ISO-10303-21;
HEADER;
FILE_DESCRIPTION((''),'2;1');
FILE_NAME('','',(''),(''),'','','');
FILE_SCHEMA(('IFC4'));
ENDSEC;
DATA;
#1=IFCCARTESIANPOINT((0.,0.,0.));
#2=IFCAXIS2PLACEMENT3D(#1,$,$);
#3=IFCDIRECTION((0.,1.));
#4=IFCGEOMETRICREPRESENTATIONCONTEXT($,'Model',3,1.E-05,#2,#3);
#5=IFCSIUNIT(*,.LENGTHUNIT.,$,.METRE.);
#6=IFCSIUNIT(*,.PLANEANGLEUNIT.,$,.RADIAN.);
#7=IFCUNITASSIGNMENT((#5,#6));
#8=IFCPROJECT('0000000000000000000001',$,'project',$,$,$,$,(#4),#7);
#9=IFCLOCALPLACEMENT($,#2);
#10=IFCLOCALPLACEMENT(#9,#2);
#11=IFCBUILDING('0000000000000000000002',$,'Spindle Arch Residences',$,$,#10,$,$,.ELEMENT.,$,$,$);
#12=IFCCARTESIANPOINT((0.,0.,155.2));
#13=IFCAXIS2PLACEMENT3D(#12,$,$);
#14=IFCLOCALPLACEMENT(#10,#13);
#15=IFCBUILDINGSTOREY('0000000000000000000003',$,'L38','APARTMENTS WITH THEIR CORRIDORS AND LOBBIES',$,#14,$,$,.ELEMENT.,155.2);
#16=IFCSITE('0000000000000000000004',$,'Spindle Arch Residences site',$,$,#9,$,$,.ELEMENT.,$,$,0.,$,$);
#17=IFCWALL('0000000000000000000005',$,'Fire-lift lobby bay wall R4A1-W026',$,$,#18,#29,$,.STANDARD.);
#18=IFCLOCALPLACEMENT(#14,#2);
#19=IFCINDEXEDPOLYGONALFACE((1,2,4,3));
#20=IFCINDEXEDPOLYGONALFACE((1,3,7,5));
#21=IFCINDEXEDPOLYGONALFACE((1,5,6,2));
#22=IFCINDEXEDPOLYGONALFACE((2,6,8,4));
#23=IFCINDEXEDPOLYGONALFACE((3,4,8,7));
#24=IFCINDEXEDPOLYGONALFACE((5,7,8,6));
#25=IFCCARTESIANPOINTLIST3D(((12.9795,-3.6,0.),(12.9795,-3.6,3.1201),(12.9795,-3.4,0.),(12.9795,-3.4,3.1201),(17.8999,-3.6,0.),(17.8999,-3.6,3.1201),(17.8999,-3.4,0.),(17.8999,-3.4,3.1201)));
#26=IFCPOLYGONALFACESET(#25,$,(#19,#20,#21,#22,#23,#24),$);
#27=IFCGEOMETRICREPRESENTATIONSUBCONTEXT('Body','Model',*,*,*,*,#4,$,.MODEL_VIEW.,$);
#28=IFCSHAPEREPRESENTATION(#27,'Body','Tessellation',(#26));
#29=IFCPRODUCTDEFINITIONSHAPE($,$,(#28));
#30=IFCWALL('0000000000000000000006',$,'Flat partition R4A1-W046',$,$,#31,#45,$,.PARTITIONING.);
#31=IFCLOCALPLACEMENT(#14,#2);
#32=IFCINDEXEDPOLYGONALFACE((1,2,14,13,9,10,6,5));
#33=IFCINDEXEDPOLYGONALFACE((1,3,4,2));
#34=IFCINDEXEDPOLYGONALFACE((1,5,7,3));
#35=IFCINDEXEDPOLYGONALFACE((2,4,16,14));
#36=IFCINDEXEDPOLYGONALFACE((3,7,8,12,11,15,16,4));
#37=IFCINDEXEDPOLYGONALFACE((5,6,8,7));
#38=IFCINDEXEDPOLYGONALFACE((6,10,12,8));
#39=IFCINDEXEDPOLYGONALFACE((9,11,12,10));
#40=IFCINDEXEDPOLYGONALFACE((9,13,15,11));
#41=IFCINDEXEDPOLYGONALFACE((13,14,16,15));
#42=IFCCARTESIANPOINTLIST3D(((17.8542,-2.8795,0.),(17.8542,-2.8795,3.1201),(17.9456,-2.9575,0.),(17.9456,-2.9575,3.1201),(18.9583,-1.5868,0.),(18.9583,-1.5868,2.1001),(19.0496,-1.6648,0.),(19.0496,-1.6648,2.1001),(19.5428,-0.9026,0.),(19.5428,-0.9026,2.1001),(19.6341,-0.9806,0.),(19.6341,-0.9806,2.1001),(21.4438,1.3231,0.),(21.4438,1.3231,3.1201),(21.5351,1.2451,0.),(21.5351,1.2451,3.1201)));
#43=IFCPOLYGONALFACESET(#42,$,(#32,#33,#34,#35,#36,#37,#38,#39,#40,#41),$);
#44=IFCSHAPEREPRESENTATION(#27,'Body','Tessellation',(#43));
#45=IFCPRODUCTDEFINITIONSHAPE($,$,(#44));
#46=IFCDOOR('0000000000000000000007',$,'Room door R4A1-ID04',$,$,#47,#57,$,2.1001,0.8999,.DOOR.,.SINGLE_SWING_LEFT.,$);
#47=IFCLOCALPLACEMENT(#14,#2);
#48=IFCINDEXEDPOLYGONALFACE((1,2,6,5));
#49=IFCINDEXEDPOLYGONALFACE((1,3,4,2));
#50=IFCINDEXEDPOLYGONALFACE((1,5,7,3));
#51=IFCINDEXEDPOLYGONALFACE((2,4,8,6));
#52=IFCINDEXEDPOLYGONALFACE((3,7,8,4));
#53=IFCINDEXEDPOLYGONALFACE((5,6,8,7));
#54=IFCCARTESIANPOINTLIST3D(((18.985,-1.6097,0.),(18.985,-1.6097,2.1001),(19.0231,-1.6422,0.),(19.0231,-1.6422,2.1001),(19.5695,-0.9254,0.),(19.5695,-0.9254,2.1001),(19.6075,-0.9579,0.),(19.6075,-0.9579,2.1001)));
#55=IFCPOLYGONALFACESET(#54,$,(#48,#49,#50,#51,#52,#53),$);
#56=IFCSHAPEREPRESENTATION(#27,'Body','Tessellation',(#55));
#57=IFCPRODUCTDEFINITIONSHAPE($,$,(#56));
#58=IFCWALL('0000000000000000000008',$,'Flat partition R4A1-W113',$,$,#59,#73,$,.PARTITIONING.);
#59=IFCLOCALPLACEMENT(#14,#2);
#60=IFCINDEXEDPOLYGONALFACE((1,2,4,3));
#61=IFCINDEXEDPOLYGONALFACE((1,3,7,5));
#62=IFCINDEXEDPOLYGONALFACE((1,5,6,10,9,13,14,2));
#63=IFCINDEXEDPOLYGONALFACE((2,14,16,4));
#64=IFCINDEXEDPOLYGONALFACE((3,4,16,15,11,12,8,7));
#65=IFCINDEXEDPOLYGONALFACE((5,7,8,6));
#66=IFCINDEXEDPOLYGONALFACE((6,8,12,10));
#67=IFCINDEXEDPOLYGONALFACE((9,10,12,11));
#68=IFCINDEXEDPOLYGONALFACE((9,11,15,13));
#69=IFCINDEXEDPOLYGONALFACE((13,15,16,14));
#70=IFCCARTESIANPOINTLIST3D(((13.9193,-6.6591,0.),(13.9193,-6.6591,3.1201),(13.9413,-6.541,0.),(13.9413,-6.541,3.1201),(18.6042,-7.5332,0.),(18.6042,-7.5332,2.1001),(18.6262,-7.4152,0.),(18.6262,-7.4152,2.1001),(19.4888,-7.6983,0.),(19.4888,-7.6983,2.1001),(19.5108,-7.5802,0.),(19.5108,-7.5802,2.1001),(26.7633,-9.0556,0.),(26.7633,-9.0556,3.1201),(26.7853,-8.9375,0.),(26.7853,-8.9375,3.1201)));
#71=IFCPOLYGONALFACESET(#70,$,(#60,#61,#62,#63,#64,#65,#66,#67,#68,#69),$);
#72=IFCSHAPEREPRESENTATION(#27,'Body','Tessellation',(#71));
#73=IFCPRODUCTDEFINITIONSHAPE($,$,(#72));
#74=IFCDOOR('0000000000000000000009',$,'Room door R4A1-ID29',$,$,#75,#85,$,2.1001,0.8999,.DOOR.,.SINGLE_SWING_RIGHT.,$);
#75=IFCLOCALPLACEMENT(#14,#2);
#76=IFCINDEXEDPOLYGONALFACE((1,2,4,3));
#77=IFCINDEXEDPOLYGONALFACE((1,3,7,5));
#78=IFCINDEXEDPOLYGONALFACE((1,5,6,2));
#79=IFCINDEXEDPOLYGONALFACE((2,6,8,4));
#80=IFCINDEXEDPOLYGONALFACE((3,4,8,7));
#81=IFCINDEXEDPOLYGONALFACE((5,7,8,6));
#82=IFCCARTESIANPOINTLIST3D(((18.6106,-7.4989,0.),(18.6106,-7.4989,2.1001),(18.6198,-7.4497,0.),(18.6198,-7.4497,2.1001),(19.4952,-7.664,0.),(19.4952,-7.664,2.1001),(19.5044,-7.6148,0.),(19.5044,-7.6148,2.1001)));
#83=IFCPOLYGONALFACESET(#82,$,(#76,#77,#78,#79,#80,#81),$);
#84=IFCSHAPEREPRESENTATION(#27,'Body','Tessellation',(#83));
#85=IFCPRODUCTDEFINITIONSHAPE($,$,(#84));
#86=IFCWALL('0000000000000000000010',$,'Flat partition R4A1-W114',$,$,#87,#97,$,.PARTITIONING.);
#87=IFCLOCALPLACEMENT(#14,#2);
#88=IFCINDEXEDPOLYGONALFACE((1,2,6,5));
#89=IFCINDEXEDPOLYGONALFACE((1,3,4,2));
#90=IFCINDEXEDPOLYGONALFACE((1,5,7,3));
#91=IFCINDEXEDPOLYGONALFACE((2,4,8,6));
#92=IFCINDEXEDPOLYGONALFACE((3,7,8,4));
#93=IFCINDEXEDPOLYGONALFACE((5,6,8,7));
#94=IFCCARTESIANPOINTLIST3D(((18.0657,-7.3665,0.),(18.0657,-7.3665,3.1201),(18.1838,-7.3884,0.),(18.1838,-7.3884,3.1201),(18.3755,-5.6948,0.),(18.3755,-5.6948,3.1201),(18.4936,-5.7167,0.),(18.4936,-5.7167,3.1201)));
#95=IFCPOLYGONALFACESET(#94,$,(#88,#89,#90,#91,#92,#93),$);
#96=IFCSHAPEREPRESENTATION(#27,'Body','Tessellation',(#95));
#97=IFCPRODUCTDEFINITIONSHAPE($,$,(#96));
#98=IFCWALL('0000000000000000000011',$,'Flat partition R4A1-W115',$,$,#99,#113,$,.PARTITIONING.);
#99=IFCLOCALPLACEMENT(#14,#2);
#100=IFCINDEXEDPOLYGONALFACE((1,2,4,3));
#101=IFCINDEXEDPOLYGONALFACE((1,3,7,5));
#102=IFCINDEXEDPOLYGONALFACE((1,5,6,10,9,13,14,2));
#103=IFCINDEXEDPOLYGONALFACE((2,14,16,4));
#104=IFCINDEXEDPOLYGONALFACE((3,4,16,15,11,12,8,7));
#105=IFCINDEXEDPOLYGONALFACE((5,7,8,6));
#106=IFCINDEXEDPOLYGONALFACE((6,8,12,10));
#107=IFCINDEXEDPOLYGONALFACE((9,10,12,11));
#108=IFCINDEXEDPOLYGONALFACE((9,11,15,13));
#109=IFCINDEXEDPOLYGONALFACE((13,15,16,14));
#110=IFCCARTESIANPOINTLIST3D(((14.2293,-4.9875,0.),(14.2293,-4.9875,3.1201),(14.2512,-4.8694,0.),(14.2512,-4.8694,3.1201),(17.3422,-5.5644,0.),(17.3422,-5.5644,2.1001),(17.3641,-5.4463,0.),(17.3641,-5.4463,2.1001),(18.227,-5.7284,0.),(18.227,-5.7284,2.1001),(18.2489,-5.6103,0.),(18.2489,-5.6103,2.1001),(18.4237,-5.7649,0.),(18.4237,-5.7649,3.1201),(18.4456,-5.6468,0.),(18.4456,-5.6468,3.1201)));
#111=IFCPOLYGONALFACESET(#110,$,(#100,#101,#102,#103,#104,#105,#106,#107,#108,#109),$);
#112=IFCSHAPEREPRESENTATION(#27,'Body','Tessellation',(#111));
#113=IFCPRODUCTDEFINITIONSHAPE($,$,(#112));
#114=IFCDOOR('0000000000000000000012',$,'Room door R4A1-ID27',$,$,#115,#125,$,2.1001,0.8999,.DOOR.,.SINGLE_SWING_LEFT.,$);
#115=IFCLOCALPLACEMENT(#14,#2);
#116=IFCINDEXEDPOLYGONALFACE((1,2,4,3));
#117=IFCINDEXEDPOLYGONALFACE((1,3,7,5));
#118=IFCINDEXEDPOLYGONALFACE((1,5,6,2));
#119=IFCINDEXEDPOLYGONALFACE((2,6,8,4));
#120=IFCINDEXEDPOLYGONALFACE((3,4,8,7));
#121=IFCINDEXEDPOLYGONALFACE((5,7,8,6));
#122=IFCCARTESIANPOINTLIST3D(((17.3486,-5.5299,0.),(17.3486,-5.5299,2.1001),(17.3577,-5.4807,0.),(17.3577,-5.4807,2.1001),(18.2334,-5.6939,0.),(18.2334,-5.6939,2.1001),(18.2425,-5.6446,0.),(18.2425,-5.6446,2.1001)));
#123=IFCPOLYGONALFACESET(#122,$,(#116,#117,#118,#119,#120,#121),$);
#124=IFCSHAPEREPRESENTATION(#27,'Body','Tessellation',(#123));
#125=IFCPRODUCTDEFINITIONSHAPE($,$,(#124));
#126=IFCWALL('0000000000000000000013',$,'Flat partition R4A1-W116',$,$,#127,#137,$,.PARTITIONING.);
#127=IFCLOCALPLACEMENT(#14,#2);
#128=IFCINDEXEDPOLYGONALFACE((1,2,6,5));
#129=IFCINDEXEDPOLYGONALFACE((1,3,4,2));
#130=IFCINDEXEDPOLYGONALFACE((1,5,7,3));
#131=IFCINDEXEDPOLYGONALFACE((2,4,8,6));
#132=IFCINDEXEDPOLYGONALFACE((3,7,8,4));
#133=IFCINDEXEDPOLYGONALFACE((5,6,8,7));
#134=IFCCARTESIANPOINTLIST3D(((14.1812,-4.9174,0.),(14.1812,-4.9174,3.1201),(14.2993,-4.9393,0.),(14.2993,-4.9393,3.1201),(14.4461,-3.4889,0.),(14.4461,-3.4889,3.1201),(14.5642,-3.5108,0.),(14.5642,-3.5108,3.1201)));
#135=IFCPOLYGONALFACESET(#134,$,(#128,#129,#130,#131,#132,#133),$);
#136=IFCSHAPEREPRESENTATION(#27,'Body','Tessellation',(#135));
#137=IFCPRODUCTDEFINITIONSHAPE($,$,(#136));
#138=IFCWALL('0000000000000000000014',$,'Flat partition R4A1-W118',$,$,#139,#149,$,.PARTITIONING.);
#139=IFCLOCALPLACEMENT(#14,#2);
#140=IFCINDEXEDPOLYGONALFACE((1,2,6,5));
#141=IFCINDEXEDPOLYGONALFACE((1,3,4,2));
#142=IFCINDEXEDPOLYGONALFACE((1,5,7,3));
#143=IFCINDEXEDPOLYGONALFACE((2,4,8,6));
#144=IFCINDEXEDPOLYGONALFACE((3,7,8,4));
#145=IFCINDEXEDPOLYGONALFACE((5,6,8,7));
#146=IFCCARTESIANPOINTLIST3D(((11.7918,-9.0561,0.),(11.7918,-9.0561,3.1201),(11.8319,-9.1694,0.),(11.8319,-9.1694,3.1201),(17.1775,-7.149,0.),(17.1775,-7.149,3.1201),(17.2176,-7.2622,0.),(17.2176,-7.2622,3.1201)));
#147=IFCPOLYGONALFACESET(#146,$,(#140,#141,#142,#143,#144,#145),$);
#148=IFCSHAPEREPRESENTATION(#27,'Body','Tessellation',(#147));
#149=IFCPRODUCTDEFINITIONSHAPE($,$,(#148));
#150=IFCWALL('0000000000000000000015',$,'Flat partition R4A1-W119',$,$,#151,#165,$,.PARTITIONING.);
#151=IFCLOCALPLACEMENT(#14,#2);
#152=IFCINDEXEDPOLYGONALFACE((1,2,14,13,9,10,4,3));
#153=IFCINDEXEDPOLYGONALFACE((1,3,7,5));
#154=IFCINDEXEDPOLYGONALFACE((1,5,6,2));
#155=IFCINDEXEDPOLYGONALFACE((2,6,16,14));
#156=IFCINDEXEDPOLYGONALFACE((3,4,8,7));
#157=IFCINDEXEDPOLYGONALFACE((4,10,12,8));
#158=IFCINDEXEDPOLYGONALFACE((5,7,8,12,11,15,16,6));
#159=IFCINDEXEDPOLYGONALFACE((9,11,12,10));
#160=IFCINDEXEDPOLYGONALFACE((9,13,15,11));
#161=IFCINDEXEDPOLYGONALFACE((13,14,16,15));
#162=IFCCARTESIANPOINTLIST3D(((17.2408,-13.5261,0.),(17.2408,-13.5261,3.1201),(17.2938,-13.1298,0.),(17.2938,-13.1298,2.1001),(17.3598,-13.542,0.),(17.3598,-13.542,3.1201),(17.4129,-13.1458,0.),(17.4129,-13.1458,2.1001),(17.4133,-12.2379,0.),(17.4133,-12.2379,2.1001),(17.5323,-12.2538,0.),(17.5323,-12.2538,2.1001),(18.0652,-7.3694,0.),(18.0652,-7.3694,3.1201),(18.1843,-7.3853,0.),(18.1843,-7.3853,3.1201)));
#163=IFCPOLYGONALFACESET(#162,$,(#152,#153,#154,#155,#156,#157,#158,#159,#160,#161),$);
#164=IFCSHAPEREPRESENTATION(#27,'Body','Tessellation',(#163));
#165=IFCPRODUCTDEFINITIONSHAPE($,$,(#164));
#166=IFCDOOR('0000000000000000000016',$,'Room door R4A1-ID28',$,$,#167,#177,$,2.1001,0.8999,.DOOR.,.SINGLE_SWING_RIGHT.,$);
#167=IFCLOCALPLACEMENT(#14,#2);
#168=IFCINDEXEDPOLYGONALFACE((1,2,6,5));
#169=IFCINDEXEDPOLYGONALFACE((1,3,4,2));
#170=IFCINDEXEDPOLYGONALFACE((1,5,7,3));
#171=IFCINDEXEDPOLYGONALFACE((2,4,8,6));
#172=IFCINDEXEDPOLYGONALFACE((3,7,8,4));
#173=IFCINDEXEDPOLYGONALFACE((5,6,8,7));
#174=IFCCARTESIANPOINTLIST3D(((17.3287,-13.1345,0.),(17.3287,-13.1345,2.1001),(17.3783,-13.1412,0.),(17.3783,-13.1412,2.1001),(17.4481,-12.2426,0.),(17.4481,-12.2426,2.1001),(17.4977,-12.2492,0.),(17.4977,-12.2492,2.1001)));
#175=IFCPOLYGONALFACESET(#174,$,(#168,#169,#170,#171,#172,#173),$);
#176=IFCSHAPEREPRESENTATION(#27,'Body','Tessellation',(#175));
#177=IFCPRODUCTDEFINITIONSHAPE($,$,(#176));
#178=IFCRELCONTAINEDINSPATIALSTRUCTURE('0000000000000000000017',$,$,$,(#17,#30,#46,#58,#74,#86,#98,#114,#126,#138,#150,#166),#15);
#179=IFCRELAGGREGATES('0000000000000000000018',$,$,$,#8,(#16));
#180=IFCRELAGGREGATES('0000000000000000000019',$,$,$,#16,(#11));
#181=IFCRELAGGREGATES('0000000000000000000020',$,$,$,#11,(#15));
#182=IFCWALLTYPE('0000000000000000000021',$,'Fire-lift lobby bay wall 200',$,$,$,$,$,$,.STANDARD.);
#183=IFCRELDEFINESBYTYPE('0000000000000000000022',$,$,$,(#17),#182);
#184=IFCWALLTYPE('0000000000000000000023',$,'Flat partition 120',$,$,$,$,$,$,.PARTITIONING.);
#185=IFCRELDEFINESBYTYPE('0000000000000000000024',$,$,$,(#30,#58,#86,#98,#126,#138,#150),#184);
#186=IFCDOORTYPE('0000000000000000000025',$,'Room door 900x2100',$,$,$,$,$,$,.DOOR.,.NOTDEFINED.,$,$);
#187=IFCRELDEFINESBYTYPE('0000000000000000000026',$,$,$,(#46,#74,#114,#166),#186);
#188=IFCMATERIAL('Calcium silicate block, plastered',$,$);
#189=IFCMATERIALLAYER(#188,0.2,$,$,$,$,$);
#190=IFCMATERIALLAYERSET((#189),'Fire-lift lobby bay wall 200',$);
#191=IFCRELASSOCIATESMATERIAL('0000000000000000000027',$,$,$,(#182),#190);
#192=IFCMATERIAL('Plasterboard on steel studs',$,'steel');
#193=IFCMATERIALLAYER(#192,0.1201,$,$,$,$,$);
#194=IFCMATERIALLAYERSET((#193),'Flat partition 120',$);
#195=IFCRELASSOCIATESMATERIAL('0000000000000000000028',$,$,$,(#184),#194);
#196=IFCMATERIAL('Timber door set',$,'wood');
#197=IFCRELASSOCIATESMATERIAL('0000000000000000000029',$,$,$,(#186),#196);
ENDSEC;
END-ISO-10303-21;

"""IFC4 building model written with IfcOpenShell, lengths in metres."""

from ifc_helpers import new_model, si_unit, direction, frame, frame_2d, origin, place, context, subcontext, project, spatial, rectangle, extrude, material, layer, layer_set, type_object, element, fill, save


model = new_model("IFC4")

# Units and contexts
model_context = context("Model", 3, precision=1e-05, world=origin(), true_north=direction((0.0, 1.0)))
body_context = subcontext(model_context, "Body", "Model", "MODEL_VIEW")
ifc_project = project(units=[si_unit("LENGTHUNIT", "METRE"), si_unit("PLANEANGLEUNIT", "RADIAN")], contexts=[model_context])

# Site, building, storey
site_placement = place(None, origin())
site = spatial("IfcSite", under=ifc_project, at=site_placement, Name="Spindle Arch Residences site", CompositionType="ELEMENT", RefElevation=0.0)
building_placement = place(site_placement, origin())
building = spatial("IfcBuilding", under=site, at=building_placement, Name="Spindle Arch Residences", CompositionType="ELEMENT")
storey_placement = place(building_placement, frame((0.0, 0.0, 155.2)))
storey = spatial("IfcBuildingStorey", under=building, at=storey_placement, Name="L38", Description="APARTMENTS WITH THEIR CORRIDORS AND LOBBIES", CompositionType="ELEMENT", Elevation=155.2)

# Shared definitions
ifc_material_1 = material(Name="Calcium silicate block, plastered")
ifc_layer_1 = layer(ifc_material_1, 0.2)
ifc_layer_set_1 = layer_set([ifc_layer_1], Name="Fire-lift lobby bay wall 200")
wall_type_1 = type_object("IfcWallType", Name="Fire-lift lobby bay wall 200", PredefinedType="STANDARD", material=ifc_layer_set_1)

# Wall
wall_1_placement = place(storey_placement, frame((12.9795, -3.5, 0.0), z_axis=(0.0, 0.0, 1.0), x_axis=(1.0, 0.0, 0.0)))
element("IfcWall", 1, at=wall_1_placement, inside=storey, type_object=wall_type_1, Name="Fire-lift lobby bay wall R4A1-W026", PredefinedType="STANDARD", context=body_context, shape_type="SweptSolid", body=[
    extrude(rectangle(XDim=4.9204, YDim=0.2, at=frame_2d((2.4602, 0.0))), origin(), (0.0, 0.0, 1.0), 3.1201),
])

# Walls, openings, doors
ifc_material_2 = material(Name="Plasterboard on steel studs", Category="steel")
ifc_layer_2 = layer(ifc_material_2, 0.1201)
ifc_layer_set_2 = layer_set([ifc_layer_2], Name="Flat partition 120")
wall_type_2 = type_object("IfcWallType", Name="Flat partition 120", PredefinedType="PARTITIONING", material=ifc_layer_set_2)
wall_2_placement = place(storey_placement, frame((17.8999, -2.9185, 0.0), z_axis=(0.0, 0.0, 1.0), x_axis=(0.64947, 0.760387, 0.0)))
wall_2 = element("IfcWall", 2, at=wall_2_placement, inside=storey, type_object=wall_type_2, Name="Flat partition R4A1-W046", PredefinedType="PARTITIONING", context=body_context, shape_type="SweptSolid", body=[
    extrude(rectangle(XDim=5.5269, YDim=0.1201, at=frame_2d((2.7634, 0.0))), origin(), (0.0, 0.0, 1.0), 3.1201),
])
opening_1_placement = place(wall_2_placement, frame((1.7, 0.0, 0.0)))
opening_1 = element("IfcOpeningElement", 3, at=opening_1_placement, cuts=wall_2, PredefinedType="OPENING", context=body_context, shape_type="SweptSolid", body=[
    extrude(rectangle(XDim=0.8999, YDim=2.1001, at=frame_2d((0.45, 1.05))), frame((0.0, 0.0701, 0.0), z_axis=(0.0, -1.0, 0.0), x_axis=(1.0, 0.0, 0.0)), (0.0, 0.0, 1.0), 0.1401),
])
ifc_material_3 = material(Name="Timber door set", Category="wood")
door_type_1 = type_object("IfcDoorType", Name="Room door 900x2100", OperationType="NOTDEFINED", PredefinedType="DOOR", material=ifc_material_3)
door_1_placement = place(opening_1_placement, origin())
door_1 = element("IfcDoor", 4, at=door_1_placement, inside=storey, type_object=door_type_1, Name="Room door R4A1-ID04", OperationType="SINGLE_SWING_LEFT", OverallHeight=2.1001, OverallWidth=0.8999, PredefinedType="DOOR", context=body_context, shape_type="SweptSolid", body=[
    extrude(rectangle(XDim=0.8999, YDim=2.1001, at=frame_2d((0.45, 1.05))), frame((0.0, 0.0249, 0.0), z_axis=(0.0, -1.0, 0.0), x_axis=(1.0, 0.0, 0.0)), (0.0, 0.0, 1.0), 0.05),
])
fill(opening_1, door_1)
wall_3_placement = place(storey_placement, frame((13.9304, -6.6001, 0.0), z_axis=(0.0, 0.0, 1.0), x_axis=(0.983035, -0.183419, 0.0)))
wall_3 = element("IfcWall", 5, at=wall_3_placement, inside=storey, type_object=wall_type_2, Name="Flat partition R4A1-W113", PredefinedType="PARTITIONING", context=body_context, shape_type="SweptSolid", body=[
    extrude(rectangle(XDim=13.0657, YDim=0.1201, at=frame_2d((6.5327, 0.0))), origin(), (0.0, 0.0, 1.0), 3.1201),
])
opening_2_placement = place(wall_3_placement, frame((4.7656, 0.0, 0.0)))
opening_2 = element("IfcOpeningElement", 6, at=opening_2_placement, cuts=wall_3, PredefinedType="OPENING", context=body_context, shape_type="SweptSolid", body=[
    extrude(rectangle(XDim=0.8999, YDim=2.1001, at=frame_2d((0.45, 1.05))), frame((0.0, 0.0701, 0.0), z_axis=(0.0, -1.0, 0.0), x_axis=(1.0, 0.0, 0.0)), (0.0, 0.0, 1.0), 0.1401),
])
door_2_placement = place(opening_2_placement, origin())
door_2 = element("IfcDoor", 7, at=door_2_placement, inside=storey, type_object=door_type_1, Name="Room door R4A1-ID29", OperationType="SINGLE_SWING_RIGHT", OverallHeight=2.1001, OverallWidth=0.8999, PredefinedType="DOOR", context=body_context, shape_type="SweptSolid", body=[
    extrude(rectangle(XDim=0.8999, YDim=2.1001, at=frame_2d((0.45, 1.05))), frame((0.0, 0.0249, 0.0), z_axis=(0.0, -1.0, 0.0), x_axis=(1.0, 0.0, 0.0)), (0.0, 0.0, 1.0), 0.05),
])
fill(opening_2, door_2)

# Wall
wall_4_placement = place(storey_placement, frame((18.1248, -7.3774, 0.0), z_axis=(0.0, 0.0, 1.0), x_axis=(0.182233, 0.983255, 0.0)))
element("IfcWall", 8, at=wall_4_placement, inside=storey, type_object=wall_type_2, Name="Flat partition R4A1-W114", PredefinedType="PARTITIONING", context=body_context, shape_type="SweptSolid", body=[
    extrude(rectangle(XDim=1.7002, YDim=0.1201, at=frame_2d((0.8501, 0.0))), origin(), (0.0, 0.0, 1.0), 3.1201),
])

# Wall, opening, door
wall_5_placement = place(storey_placement, frame((18.4346, -5.7058, 0.0), z_axis=(0.0, 0.0, 1.0), x_axis=(-0.983256, 0.182229, 0.0)))
wall_5 = element("IfcWall", 9, at=wall_5_placement, inside=storey, type_object=wall_type_2, Name="Flat partition R4A1-W115", PredefinedType="PARTITIONING", context=body_context, shape_type="SweptSolid", body=[
    extrude(rectangle(XDim=4.2659, YDim=0.1201, at=frame_2d((2.1328, 0.0))), origin(), (0.0, 0.0, 1.0), 3.1201),
])
opening_3_placement = place(wall_5_placement, frame((0.2, 0.0, 0.0)))
opening_3 = element("IfcOpeningElement", 10, at=opening_3_placement, cuts=wall_5, PredefinedType="OPENING", context=body_context, shape_type="SweptSolid", body=[
    extrude(rectangle(XDim=0.8999, YDim=2.1001, at=frame_2d((0.45, 1.05))), frame((0.0, 0.0701, 0.0), z_axis=(0.0, -1.0, 0.0), x_axis=(1.0, 0.0, 0.0)), (0.0, 0.0, 1.0), 0.1401),
])
door_3_placement = place(opening_3_placement, origin())
door_3 = element("IfcDoor", 11, at=door_3_placement, inside=storey, type_object=door_type_1, Name="Room door R4A1-ID27", OperationType="SINGLE_SWING_LEFT", OverallHeight=2.1001, OverallWidth=0.8999, PredefinedType="DOOR", context=body_context, shape_type="SweptSolid", body=[
    extrude(rectangle(XDim=0.8999, YDim=2.1001, at=frame_2d((0.45, 1.05))), frame((0.0, 0.0249, 0.0), z_axis=(0.0, -1.0, 0.0), x_axis=(1.0, 0.0, 0.0)), (0.0, 0.0, 1.0), 0.05),
])
fill(opening_3, door_3)

# Walls
wall_6_placement = place(storey_placement, frame((14.2402, -4.9285, 0.0), z_axis=(0.0, 0.0, 1.0), x_axis=(0.18233, 0.983237, 0.0)))
element("IfcWall", 12, at=wall_6_placement, inside=storey, type_object=wall_type_2, Name="Flat partition R4A1-W116", PredefinedType="PARTITIONING", context=body_context, shape_type="SweptSolid", body=[
    extrude(rectangle(XDim=1.4529, YDim=0.1201, at=frame_2d((0.7266, 0.0))), origin(), (0.0, 0.0, 1.0), 3.1201),
])
wall_7_placement = place(storey_placement, frame((17.1975, -7.2056, 0.0), z_axis=(0.0, 0.0, 1.0), x_axis=(-0.94264, -0.333812, 0.0)))
element("IfcWall", 13, at=wall_7_placement, inside=storey, type_object=wall_type_2, Name="Flat partition R4A1-W118", PredefinedType="PARTITIONING", context=body_context, shape_type="SweptSolid", body=[
    extrude(rectangle(XDim=5.7134, YDim=0.1201, at=frame_2d((2.8567, 0.0))), origin(), (0.0, 0.0, 1.0), 3.1201),
])

# Wall, opening, door
wall_8_placement = place(storey_placement, frame((17.3003, -13.5342, 0.0), z_axis=(0.0, 0.0, 1.0), x_axis=(0.132728, 0.991153, 0.0)))
wall_8 = element("IfcWall", 14, at=wall_8_placement, inside=storey, type_object=wall_type_2, Name="Flat partition R4A1-W119", PredefinedType="PARTITIONING", context=body_context, shape_type="SweptSolid", body=[
    extrude(rectangle(XDim=6.2117, YDim=0.1201, at=frame_2d((3.106, 0.0))), origin(), (0.0, 0.0, 1.0), 3.1201),
])
opening_4_placement = place(wall_8_placement, frame((0.3999, 0.0, 0.0)))
opening_4 = element("IfcOpeningElement", 15, at=opening_4_placement, cuts=wall_8, PredefinedType="OPENING", context=body_context, shape_type="SweptSolid", body=[
    extrude(rectangle(XDim=0.8999, YDim=2.1001, at=frame_2d((0.45, 1.05))), frame((0.0, 0.0701, 0.0), z_axis=(0.0, -1.0, 0.0), x_axis=(1.0, 0.0, 0.0)), (0.0, 0.0, 1.0), 0.1401),
])
door_4_placement = place(opening_4_placement, origin())
door_4 = element("IfcDoor", 16, at=door_4_placement, inside=storey, type_object=door_type_1, Name="Room door R4A1-ID28", OperationType="SINGLE_SWING_RIGHT", OverallHeight=2.1001, OverallWidth=0.8999, PredefinedType="DOOR", context=body_context, shape_type="SweptSolid", body=[
    extrude(rectangle(XDim=0.8999, YDim=2.1001, at=frame_2d((0.45, 1.05))), frame((0.0, 0.0249, 0.0), z_axis=(0.0, -1.0, 0.0), x_axis=(1.0, 0.0, 0.0)), (0.0, 0.0, 1.0), 0.05),
])
fill(opening_4, door_4)

save(model, "model.ifc")
